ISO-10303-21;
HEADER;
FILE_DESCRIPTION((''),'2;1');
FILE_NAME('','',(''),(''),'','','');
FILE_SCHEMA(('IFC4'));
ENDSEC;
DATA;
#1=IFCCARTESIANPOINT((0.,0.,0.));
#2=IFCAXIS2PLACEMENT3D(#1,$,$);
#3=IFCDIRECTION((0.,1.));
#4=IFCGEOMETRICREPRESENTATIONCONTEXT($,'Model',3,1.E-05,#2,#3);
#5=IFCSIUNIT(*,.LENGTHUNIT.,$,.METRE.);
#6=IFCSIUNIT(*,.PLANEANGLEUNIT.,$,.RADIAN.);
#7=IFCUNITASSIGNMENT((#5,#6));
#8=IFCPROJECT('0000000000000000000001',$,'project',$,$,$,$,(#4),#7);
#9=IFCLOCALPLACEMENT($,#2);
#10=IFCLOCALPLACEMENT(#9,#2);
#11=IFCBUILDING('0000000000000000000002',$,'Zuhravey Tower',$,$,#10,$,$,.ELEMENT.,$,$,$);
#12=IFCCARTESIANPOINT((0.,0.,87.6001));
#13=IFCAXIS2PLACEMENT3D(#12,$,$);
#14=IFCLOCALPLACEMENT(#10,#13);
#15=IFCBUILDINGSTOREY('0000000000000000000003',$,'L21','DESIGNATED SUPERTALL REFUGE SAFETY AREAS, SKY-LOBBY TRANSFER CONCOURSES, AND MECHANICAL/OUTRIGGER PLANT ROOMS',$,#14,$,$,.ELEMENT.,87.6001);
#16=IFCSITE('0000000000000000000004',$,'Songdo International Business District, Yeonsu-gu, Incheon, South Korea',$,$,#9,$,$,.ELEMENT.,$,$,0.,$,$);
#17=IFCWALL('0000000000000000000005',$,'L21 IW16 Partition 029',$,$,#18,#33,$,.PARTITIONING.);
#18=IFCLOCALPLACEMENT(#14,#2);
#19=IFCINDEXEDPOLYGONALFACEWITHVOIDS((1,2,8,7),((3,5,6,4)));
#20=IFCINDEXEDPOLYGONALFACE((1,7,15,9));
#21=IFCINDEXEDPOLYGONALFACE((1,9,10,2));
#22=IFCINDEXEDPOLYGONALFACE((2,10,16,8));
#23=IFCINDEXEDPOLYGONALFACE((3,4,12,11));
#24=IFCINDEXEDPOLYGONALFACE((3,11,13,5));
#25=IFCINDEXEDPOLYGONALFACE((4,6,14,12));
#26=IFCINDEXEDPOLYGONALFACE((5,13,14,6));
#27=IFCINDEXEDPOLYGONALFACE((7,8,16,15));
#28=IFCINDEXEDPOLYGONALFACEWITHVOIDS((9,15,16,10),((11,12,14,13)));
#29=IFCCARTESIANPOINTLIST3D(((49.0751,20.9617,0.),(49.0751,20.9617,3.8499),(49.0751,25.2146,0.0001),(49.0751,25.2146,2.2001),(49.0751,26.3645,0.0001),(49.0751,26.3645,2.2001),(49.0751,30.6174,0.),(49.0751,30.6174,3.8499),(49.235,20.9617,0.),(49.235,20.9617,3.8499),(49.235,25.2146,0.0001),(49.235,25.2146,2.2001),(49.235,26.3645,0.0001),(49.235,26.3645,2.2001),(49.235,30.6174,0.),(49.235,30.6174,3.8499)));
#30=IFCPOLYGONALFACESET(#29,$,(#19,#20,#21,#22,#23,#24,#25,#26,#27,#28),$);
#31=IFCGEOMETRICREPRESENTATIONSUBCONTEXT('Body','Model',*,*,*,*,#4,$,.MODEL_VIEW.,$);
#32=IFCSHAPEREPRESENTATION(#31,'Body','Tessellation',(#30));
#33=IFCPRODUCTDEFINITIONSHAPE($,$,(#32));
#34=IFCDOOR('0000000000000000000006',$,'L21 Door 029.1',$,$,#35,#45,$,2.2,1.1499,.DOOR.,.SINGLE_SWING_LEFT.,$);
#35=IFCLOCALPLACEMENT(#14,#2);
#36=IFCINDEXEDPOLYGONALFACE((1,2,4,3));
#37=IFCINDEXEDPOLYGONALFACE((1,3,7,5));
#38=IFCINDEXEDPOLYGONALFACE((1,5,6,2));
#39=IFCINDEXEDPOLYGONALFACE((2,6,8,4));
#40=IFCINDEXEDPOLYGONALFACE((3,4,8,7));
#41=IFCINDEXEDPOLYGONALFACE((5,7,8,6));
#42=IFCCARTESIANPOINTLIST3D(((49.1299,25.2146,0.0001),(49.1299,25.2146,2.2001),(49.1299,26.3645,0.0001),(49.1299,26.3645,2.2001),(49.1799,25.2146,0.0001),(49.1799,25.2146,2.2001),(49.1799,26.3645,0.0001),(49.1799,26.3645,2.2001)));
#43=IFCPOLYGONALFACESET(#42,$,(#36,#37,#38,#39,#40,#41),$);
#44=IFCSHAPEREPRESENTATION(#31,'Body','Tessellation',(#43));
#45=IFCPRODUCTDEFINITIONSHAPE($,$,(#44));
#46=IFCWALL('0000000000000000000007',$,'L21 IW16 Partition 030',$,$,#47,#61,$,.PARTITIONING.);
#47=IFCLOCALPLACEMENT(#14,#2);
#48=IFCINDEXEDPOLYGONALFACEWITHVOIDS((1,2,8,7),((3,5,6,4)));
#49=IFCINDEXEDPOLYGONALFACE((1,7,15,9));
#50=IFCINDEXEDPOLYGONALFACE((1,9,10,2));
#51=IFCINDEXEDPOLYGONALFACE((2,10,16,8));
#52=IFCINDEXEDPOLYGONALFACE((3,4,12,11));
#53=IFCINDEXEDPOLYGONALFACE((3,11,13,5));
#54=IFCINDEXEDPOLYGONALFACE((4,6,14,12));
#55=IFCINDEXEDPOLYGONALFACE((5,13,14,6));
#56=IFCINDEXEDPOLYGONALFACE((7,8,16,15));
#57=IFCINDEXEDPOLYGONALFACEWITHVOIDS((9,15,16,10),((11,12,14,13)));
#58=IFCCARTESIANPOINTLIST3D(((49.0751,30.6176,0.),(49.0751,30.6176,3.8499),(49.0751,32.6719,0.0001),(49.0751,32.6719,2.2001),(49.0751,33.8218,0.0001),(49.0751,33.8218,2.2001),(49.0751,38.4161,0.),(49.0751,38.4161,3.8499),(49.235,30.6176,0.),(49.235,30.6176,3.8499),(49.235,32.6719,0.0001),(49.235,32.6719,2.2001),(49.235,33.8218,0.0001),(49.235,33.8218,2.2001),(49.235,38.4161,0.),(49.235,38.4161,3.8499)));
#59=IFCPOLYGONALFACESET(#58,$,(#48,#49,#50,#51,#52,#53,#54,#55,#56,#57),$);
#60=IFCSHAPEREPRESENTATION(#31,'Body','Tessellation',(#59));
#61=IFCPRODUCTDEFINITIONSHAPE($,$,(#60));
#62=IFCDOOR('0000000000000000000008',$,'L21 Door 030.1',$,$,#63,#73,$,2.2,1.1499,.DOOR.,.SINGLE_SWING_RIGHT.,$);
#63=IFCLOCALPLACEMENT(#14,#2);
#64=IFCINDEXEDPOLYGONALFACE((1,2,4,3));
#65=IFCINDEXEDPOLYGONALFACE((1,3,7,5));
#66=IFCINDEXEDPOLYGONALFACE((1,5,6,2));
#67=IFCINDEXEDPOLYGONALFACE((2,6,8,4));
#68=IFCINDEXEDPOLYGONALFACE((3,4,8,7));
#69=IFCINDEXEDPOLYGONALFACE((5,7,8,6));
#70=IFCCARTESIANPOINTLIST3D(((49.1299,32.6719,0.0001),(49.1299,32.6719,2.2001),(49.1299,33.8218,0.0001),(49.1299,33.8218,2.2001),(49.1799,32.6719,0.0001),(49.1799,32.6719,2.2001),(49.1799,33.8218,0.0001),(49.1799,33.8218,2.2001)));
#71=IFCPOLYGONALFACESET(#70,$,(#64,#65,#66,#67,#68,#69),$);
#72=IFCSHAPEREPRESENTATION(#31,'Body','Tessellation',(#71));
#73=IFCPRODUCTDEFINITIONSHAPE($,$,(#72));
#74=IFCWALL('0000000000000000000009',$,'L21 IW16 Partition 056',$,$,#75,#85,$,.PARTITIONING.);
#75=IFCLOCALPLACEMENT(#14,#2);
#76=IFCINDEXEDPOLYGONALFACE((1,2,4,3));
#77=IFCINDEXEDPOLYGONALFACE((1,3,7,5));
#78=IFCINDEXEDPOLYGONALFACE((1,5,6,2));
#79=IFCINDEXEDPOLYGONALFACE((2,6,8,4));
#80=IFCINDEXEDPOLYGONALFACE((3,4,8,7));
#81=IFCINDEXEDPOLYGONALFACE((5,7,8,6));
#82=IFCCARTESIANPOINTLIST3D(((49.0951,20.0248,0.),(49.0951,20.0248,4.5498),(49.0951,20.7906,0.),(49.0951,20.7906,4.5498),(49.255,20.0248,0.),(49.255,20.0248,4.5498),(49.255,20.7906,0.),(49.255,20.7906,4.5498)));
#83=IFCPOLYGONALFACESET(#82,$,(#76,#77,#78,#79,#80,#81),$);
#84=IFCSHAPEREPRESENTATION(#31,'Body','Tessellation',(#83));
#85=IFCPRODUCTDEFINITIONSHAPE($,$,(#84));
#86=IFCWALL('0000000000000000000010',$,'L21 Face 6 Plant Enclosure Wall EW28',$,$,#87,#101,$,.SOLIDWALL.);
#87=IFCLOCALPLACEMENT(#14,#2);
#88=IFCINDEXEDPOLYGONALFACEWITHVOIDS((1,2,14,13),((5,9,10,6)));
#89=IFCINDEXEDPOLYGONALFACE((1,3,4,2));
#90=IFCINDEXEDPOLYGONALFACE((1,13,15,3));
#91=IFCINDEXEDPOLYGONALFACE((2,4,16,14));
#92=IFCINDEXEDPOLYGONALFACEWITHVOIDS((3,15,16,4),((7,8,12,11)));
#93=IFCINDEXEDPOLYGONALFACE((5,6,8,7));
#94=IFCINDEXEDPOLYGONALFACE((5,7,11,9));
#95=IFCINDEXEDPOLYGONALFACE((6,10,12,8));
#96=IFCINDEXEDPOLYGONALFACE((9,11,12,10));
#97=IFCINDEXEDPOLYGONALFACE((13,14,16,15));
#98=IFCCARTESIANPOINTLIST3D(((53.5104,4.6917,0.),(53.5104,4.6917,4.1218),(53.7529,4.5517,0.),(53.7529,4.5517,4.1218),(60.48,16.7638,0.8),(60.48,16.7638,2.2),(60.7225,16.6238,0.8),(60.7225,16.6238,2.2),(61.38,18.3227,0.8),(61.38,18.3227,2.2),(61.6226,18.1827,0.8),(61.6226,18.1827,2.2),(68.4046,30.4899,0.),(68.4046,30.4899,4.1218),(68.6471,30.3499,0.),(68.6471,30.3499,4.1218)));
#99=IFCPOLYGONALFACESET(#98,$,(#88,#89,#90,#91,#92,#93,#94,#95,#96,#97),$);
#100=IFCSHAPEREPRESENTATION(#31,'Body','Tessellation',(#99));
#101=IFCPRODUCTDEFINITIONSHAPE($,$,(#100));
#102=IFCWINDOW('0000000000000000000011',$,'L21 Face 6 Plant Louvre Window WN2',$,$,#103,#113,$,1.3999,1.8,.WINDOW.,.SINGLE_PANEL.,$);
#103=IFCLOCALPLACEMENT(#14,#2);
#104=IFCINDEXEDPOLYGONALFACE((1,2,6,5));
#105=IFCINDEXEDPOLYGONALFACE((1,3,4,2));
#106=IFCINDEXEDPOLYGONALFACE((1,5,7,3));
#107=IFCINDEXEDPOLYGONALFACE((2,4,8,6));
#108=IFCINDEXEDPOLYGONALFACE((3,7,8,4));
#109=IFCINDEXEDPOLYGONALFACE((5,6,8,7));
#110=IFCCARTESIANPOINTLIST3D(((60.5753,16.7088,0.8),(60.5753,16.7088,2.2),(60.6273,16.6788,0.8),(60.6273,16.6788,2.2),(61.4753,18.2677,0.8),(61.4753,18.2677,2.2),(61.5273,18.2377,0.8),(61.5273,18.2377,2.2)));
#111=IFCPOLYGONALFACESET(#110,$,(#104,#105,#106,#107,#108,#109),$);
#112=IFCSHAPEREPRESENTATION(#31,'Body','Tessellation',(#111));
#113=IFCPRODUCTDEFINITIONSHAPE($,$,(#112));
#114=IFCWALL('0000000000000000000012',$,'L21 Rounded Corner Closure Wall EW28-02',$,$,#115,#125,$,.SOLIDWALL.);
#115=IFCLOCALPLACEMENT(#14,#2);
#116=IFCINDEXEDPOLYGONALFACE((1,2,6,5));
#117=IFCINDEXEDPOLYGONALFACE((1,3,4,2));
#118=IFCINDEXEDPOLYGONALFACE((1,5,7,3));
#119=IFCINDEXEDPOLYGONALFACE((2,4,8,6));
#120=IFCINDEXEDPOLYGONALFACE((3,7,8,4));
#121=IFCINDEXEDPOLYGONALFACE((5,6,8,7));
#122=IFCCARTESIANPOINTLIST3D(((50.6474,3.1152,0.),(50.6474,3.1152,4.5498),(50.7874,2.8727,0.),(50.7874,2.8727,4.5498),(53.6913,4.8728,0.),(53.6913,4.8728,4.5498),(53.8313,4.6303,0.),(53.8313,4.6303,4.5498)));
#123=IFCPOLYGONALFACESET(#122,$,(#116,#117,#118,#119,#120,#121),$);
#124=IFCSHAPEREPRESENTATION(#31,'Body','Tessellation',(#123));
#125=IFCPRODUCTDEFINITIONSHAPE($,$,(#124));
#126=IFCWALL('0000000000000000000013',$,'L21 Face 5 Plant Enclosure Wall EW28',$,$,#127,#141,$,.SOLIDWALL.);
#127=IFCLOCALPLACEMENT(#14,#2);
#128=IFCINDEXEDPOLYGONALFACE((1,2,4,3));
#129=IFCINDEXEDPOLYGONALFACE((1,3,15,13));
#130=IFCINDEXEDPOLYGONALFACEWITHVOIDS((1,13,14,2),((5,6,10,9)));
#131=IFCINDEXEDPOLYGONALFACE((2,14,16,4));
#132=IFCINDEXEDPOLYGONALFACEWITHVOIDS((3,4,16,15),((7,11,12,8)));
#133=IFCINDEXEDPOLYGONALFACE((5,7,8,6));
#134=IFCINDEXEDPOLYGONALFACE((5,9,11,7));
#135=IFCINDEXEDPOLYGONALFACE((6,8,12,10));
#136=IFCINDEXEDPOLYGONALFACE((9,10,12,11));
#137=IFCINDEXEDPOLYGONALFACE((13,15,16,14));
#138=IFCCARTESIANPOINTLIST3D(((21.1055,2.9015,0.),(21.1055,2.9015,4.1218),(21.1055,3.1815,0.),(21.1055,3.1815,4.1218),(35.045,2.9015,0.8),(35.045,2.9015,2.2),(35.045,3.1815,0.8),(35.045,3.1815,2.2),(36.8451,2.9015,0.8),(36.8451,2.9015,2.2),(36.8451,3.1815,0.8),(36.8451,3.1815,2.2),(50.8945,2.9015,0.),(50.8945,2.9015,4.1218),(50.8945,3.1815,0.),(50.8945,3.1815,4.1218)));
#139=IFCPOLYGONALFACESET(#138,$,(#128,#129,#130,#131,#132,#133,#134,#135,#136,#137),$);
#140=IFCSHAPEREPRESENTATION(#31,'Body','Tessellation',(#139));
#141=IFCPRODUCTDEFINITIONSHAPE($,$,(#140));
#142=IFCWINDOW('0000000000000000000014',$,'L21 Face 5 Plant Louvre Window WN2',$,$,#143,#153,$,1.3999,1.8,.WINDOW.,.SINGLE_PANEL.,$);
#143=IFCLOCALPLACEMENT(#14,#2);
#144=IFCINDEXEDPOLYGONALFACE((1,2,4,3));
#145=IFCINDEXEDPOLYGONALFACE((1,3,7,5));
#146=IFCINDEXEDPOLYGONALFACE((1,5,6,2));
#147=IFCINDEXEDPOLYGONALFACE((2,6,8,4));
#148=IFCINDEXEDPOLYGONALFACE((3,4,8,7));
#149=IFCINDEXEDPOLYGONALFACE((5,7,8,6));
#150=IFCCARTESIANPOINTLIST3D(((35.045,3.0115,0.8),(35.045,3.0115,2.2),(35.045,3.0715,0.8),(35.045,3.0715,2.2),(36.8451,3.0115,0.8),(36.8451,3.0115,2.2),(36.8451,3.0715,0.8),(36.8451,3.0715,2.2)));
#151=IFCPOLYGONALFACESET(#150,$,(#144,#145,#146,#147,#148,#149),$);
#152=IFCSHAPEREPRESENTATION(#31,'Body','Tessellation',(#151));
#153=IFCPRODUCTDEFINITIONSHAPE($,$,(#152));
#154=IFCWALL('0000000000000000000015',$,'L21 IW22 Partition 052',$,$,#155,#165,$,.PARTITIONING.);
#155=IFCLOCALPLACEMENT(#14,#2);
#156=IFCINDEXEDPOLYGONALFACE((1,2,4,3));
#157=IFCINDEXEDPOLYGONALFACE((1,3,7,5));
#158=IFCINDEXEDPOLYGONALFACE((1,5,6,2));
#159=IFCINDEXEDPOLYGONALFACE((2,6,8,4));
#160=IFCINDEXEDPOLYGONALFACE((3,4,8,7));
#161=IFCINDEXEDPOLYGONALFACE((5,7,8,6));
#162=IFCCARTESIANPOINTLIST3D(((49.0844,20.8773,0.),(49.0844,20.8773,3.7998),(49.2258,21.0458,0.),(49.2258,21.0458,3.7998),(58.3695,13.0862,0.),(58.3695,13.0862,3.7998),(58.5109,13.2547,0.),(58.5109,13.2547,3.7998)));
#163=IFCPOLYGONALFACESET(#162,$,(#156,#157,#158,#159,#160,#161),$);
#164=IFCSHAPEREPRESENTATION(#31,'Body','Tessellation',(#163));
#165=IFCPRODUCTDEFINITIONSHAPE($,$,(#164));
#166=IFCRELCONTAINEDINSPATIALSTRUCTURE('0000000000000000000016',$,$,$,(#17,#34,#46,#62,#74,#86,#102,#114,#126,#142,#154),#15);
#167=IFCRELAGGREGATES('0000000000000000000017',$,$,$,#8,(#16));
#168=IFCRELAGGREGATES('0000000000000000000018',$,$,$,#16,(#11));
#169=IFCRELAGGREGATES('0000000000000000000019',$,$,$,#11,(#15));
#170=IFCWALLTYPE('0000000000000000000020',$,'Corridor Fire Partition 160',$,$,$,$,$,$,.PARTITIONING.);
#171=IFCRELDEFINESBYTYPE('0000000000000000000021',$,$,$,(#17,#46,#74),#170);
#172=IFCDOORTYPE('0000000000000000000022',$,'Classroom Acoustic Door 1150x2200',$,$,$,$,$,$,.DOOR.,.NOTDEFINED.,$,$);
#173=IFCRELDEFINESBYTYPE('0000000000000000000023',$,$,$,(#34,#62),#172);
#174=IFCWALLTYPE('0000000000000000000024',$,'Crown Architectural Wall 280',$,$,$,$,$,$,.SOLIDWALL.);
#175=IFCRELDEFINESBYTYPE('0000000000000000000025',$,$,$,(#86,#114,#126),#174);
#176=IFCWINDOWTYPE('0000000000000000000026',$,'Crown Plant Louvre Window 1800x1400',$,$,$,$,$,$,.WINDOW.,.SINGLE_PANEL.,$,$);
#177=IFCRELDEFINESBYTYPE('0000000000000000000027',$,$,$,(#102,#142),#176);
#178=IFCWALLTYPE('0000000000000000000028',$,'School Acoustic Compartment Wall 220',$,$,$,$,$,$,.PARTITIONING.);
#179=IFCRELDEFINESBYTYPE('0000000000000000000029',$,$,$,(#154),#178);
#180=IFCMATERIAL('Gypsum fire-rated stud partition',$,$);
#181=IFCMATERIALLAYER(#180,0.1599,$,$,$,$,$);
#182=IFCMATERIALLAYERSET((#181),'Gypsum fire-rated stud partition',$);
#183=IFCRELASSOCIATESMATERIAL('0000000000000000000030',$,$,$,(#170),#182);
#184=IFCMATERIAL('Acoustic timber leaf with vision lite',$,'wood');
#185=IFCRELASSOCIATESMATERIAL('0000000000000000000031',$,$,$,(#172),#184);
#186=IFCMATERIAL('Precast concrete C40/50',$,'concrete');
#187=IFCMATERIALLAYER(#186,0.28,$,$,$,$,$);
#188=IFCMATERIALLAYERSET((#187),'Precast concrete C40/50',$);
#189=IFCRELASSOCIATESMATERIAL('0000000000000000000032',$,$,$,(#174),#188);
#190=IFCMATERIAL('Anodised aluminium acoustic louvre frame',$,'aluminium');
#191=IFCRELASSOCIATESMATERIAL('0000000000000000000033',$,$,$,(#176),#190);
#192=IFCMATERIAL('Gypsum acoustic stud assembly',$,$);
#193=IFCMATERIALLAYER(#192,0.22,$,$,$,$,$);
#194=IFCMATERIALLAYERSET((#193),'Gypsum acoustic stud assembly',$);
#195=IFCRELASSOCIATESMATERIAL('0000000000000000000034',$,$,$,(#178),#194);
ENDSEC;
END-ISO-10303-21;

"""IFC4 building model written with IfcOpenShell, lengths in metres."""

from ifc_helpers import new_model, si_unit, direction, frame, frame_2d, origin, place, context, subcontext, project, spatial, rectangle, extrude, material, layer, layer_set, type_object, element, fill, save


model = new_model("IFC4")

# Units and contexts
model_context = context("Model", 3, precision=1e-05, world=origin(), true_north=direction((0.0, 1.0)))
body_context = subcontext(model_context, "Body", "Model", "MODEL_VIEW")
ifc_project = project(units=[si_unit("LENGTHUNIT", "METRE"), si_unit("PLANEANGLEUNIT", "RADIAN")], contexts=[model_context])

# Site, building, storey
site_placement = place(None, origin())
site = spatial("IfcSite", under=ifc_project, at=site_placement, Name="Songdo International Business District, Yeonsu-gu, Incheon, South Korea", CompositionType="ELEMENT", RefElevation=0.0)
building_placement = place(site_placement, origin())
building = spatial("IfcBuilding", under=site, at=building_placement, Name="Zuhravey Tower", CompositionType="ELEMENT")
storey_placement = place(building_placement, frame((0.0, 0.0, 87.6001)))
storey = spatial("IfcBuildingStorey", under=building, at=storey_placement, Name="L21", Description="DESIGNATED SUPERTALL REFUGE SAFETY AREAS, SKY-LOBBY TRANSFER CONCOURSES, AND MECHANICAL/OUTRIGGER PLANT ROOMS", CompositionType="ELEMENT", Elevation=87.6001)

# Walls, openings, doors
ifc_material_1 = material(Name="Gypsum fire-rated stud partition")
ifc_layer_1 = layer(ifc_material_1, 0.1599)
ifc_layer_set_1 = layer_set([ifc_layer_1], Name="Gypsum fire-rated stud partition")
wall_type_1 = type_object("IfcWallType", Name="Corridor Fire Partition 160", PredefinedType="PARTITIONING", material=ifc_layer_set_1)
wall_1_placement = place(storey_placement, frame((49.155, 20.9617, 0.0), z_axis=(0.0, 0.0, 1.0), x_axis=(0.0, 1.0, 0.0)))
wall_1 = element("IfcWall", 1, at=wall_1_placement, inside=storey, type_object=wall_type_1, Name="L21 IW16 Partition 029", PredefinedType="PARTITIONING", context=body_context, shape_type="SweptSolid", body=[
    extrude(rectangle(XDim=9.6558, YDim=0.1599, at=frame_2d((4.8279, 0.0))), origin(), (0.0, 0.0, 1.0), 3.8499),
])
opening_1_placement = place(wall_1_placement, frame((4.2529, 0.0, 0.0)))
opening_1 = element("IfcOpeningElement", 2, at=opening_1_placement, cuts=wall_1, PredefinedType="OPENING", context=body_context, shape_type="SweptSolid", body=[
    extrude(rectangle(XDim=1.1499, YDim=2.2, at=frame_2d((0.575, 1.1001))), frame((0.0, 0.092, 0.0), z_axis=(0.0, -1.0, 0.0), x_axis=(1.0, 0.0, 0.0)), (0.0, 0.0, 1.0), 0.1838),
])
ifc_material_2 = material(Name="Acoustic timber leaf with vision lite", Category="wood")
door_type = type_object("IfcDoorType", Name="Classroom Acoustic Door 1150x2200", OperationType="NOTDEFINED", PredefinedType="DOOR", material=ifc_material_2)
door_1_placement = place(opening_1_placement, frame((1.1499, 0.0, 0.0), z_axis=(0.0, 0.0, 1.0), x_axis=(-1.0, 0.0, 0.0)))
door_1 = element("IfcDoor", 3, at=door_1_placement, inside=storey, type_object=door_type, Name="L21 Door 029.1", OperationType="SINGLE_SWING_LEFT", OverallHeight=2.2, OverallWidth=1.1499, PredefinedType="DOOR", context=body_context, shape_type="SweptSolid", body=[
    extrude(rectangle(XDim=1.1499, YDim=2.2, at=frame_2d((0.575, 1.1001))), frame((0.0, 0.0249, 0.0), z_axis=(0.0, -1.0, 0.0), x_axis=(1.0, 0.0, 0.0)), (0.0, 0.0, 1.0), 0.05),
])
fill(opening_1, door_1)
wall_2_placement = place(storey_placement, frame((49.155, 30.6174, 0.0), z_axis=(0.0, 0.0, 1.0), x_axis=(0.0, 1.0, 0.0)))
wall_2 = element("IfcWall", 4, at=wall_2_placement, inside=storey, type_object=wall_type_1, Name="L21 IW16 Partition 030", PredefinedType="PARTITIONING", context=body_context, shape_type="SweptSolid", body=[
    extrude(rectangle(XDim=7.7986, YDim=0.1599, at=frame_2d((3.8994, 0.0))), origin(), (0.0, 0.0, 1.0), 3.8499),
])
opening_2_placement = place(wall_2_placement, frame((2.0544, 0.0, 0.0)))
opening_2 = element("IfcOpeningElement", 5, at=opening_2_placement, cuts=wall_2, PredefinedType="OPENING", context=body_context, shape_type="SweptSolid", body=[
    extrude(rectangle(XDim=1.1499, YDim=2.2, at=frame_2d((0.575, 1.1001))), frame((0.0, 0.092, 0.0), z_axis=(0.0, -1.0, 0.0), x_axis=(1.0, 0.0, 0.0)), (0.0, 0.0, 1.0), 0.1838),
])
door_2_placement = place(opening_2_placement, frame((1.1499, 0.0, 0.0), z_axis=(0.0, 0.0, 1.0), x_axis=(-1.0, 0.0, 0.0)))
door_2 = element("IfcDoor", 6, at=door_2_placement, inside=storey, type_object=door_type, Name="L21 Door 030.1", OperationType="SINGLE_SWING_RIGHT", OverallHeight=2.2, OverallWidth=1.1499, PredefinedType="DOOR", context=body_context, shape_type="SweptSolid", body=[
    extrude(rectangle(XDim=1.1499, YDim=2.2, at=frame_2d((0.575, 1.1001))), frame((0.0, 0.0249, 0.0), z_axis=(0.0, -1.0, 0.0), x_axis=(1.0, 0.0, 0.0)), (0.0, 0.0, 1.0), 0.05),
])
fill(opening_2, door_2)

# Wall
wall_3_placement = place(storey_placement, frame((49.175, 20.0249, 0.0), z_axis=(0.0, 0.0, 1.0), x_axis=(0.0, 1.0, 0.0)))
element("IfcWall", 7, at=wall_3_placement, inside=storey, type_object=wall_type_1, Name="L21 IW16 Partition 056", PredefinedType="PARTITIONING", context=body_context, shape_type="SweptSolid", body=[
    extrude(rectangle(XDim=0.7659, YDim=0.1599, at=frame_2d((0.3828, 0.0))), origin(), (0.0, 0.0, 1.0), 4.5498),
])

# Wall, opening, window
ifc_material_3 = material(Name="Precast concrete C40/50", Category="concrete")
ifc_layer_2 = layer(ifc_material_3, 0.28)
ifc_layer_set_2 = layer_set([ifc_layer_2], Name="Precast concrete C40/50")
wall_type_2 = type_object("IfcWallType", Name="Crown Architectural Wall 280", PredefinedType="SOLIDWALL", material=ifc_layer_set_2)
wall_4_placement = place(storey_placement, frame((68.5259, 30.4199, 0.0), z_axis=(0.0, 0.0, 1.0), x_axis=(-0.49999, -0.866031, 0.0)))
wall_4 = element("IfcWall", 8, at=wall_4_placement, inside=storey, type_object=wall_type_2, Name="L21 Face 6 Plant Enclosure Wall EW28", PredefinedType="SOLIDWALL", context=body_context, shape_type="SweptSolid", body=[
    extrude(rectangle(XDim=29.7891, YDim=0.28, at=frame_2d((14.8945, 0.0))), origin(), (0.0, 0.0, 1.0), 4.1218),
])
opening_3_placement = place(wall_4_placement, frame((14.0496, 0.0, 0.8)))
opening_3 = element("IfcOpeningElement", 9, at=opening_3_placement, cuts=wall_4, PredefinedType="OPENING", context=body_context, shape_type="SweptSolid", body=[
    extrude(rectangle(XDim=1.8, YDim=1.3999, at=frame_2d((0.8999, 0.7))), frame((0.0, 0.1521, 0.0), z_axis=(0.0, -1.0, 0.0), x_axis=(1.0, 0.0, 0.0)), (0.0, 0.0, 1.0), 0.304),
])
ifc_material_4 = material(Name="Anodised aluminium acoustic louvre frame", Category="aluminium")
window_type = type_object("IfcWindowType", Name="Crown Plant Louvre Window 1800x1400", PartitioningType="SINGLE_PANEL", PredefinedType="WINDOW", material=ifc_material_4)
window_1_placement = place(opening_3_placement, origin())
window_1 = element("IfcWindow", 10, at=window_1_placement, inside=storey, type_object=window_type, Name="L21 Face 6 Plant Louvre Window WN2", OverallHeight=1.3999, OverallWidth=1.8, PartitioningType="SINGLE_PANEL", PredefinedType="WINDOW", context=body_context, shape_type="SweptSolid", body=[
    extrude(rectangle(XDim=1.8, YDim=1.3999, at=frame_2d((0.8999, 0.7))), frame((0.0, 0.03, 0.0), z_axis=(0.0, -1.0, 0.0), x_axis=(1.0, 0.0, 0.0)), (0.0, 0.0, 1.0), 0.0601),
])
fill(opening_3, window_1)

# Wall
wall_5_placement = place(storey_placement, frame((53.7612, 4.7515, 0.0), z_axis=(0.0, 0.0, 1.0), x_axis=(-0.866007, -0.500031, 0.0)))
element("IfcWall", 11, at=wall_5_placement, inside=storey, type_object=wall_type_2, Name="L21 Rounded Corner Closure Wall EW28-02", PredefinedType="SOLIDWALL", context=body_context, shape_type="SweptSolid", body=[
    extrude(rectangle(XDim=3.5149, YDim=0.28, at=frame_2d((1.7573, 0.0))), origin(), (0.0, 0.0, 1.0), 4.5498),
])

# Wall, opening, window
wall_6_placement = place(storey_placement, frame((50.8945, 3.0415, 0.0), z_axis=(0.0, 0.0, 1.0), x_axis=(-1.0, 0.0, 0.0)))
wall_6 = element("IfcWall", 12, at=wall_6_placement, inside=storey, type_object=wall_type_2, Name="L21 Face 5 Plant Enclosure Wall EW28", PredefinedType="SOLIDWALL", context=body_context, shape_type="SweptSolid", body=[
    extrude(rectangle(XDim=29.7891, YDim=0.28, at=frame_2d((14.8945, 0.0))), origin(), (0.0, 0.0, 1.0), 4.1218),
])
opening_4_placement = place(wall_6_placement, frame((14.0496, 0.0, 0.8)))
opening_4 = element("IfcOpeningElement", 13, at=opening_4_placement, cuts=wall_6, PredefinedType="OPENING", context=body_context, shape_type="SweptSolid", body=[
    extrude(rectangle(XDim=1.8, YDim=1.3999, at=frame_2d((0.8999, 0.7))), frame((0.0, 0.1521, 0.0), z_axis=(0.0, -1.0, 0.0), x_axis=(1.0, 0.0, 0.0)), (0.0, 0.0, 1.0), 0.304),
])
window_2_placement = place(opening_4_placement, origin())
window_2 = element("IfcWindow", 14, at=window_2_placement, inside=storey, type_object=window_type, Name="L21 Face 5 Plant Louvre Window WN2", OverallHeight=1.3999, OverallWidth=1.8, PartitioningType="SINGLE_PANEL", PredefinedType="WINDOW", context=body_context, shape_type="SweptSolid", body=[
    extrude(rectangle(XDim=1.8, YDim=1.3999, at=frame_2d((0.8999, 0.7))), frame((0.0, 0.03, 0.0), z_axis=(0.0, -1.0, 0.0), x_axis=(1.0, 0.0, 0.0)), (0.0, 0.0, 1.0), 0.0601),
])
fill(opening_4, window_2)

# Wall
ifc_material_5 = material(Name="Gypsum acoustic stud assembly")
ifc_layer_3 = layer(ifc_material_5, 0.22)
ifc_layer_set_3 = layer_set([ifc_layer_3], Name="Gypsum acoustic stud assembly")
wall_type_3 = type_object("IfcWallType", Name="School Acoustic Compartment Wall 220", PredefinedType="PARTITIONING", material=ifc_layer_set_3)
wall_7_placement = place(storey_placement, frame((49.155, 20.9617, 0.0), z_axis=(0.0, 0.0, 1.0), x_axis=(0.766041, -0.642792, 0.0)))
element("IfcWall", 15, at=wall_7_placement, inside=storey, type_object=wall_type_3, Name="L21 IW22 Partition 052", PredefinedType="PARTITIONING", context=body_context, shape_type="SweptSolid", body=[
    extrude(rectangle(XDim=12.1208, YDim=0.22, at=frame_2d((6.0605, 0.0))), origin(), (0.0, 0.0, 1.0), 3.7998),
])

save(model, "model.ifc")
